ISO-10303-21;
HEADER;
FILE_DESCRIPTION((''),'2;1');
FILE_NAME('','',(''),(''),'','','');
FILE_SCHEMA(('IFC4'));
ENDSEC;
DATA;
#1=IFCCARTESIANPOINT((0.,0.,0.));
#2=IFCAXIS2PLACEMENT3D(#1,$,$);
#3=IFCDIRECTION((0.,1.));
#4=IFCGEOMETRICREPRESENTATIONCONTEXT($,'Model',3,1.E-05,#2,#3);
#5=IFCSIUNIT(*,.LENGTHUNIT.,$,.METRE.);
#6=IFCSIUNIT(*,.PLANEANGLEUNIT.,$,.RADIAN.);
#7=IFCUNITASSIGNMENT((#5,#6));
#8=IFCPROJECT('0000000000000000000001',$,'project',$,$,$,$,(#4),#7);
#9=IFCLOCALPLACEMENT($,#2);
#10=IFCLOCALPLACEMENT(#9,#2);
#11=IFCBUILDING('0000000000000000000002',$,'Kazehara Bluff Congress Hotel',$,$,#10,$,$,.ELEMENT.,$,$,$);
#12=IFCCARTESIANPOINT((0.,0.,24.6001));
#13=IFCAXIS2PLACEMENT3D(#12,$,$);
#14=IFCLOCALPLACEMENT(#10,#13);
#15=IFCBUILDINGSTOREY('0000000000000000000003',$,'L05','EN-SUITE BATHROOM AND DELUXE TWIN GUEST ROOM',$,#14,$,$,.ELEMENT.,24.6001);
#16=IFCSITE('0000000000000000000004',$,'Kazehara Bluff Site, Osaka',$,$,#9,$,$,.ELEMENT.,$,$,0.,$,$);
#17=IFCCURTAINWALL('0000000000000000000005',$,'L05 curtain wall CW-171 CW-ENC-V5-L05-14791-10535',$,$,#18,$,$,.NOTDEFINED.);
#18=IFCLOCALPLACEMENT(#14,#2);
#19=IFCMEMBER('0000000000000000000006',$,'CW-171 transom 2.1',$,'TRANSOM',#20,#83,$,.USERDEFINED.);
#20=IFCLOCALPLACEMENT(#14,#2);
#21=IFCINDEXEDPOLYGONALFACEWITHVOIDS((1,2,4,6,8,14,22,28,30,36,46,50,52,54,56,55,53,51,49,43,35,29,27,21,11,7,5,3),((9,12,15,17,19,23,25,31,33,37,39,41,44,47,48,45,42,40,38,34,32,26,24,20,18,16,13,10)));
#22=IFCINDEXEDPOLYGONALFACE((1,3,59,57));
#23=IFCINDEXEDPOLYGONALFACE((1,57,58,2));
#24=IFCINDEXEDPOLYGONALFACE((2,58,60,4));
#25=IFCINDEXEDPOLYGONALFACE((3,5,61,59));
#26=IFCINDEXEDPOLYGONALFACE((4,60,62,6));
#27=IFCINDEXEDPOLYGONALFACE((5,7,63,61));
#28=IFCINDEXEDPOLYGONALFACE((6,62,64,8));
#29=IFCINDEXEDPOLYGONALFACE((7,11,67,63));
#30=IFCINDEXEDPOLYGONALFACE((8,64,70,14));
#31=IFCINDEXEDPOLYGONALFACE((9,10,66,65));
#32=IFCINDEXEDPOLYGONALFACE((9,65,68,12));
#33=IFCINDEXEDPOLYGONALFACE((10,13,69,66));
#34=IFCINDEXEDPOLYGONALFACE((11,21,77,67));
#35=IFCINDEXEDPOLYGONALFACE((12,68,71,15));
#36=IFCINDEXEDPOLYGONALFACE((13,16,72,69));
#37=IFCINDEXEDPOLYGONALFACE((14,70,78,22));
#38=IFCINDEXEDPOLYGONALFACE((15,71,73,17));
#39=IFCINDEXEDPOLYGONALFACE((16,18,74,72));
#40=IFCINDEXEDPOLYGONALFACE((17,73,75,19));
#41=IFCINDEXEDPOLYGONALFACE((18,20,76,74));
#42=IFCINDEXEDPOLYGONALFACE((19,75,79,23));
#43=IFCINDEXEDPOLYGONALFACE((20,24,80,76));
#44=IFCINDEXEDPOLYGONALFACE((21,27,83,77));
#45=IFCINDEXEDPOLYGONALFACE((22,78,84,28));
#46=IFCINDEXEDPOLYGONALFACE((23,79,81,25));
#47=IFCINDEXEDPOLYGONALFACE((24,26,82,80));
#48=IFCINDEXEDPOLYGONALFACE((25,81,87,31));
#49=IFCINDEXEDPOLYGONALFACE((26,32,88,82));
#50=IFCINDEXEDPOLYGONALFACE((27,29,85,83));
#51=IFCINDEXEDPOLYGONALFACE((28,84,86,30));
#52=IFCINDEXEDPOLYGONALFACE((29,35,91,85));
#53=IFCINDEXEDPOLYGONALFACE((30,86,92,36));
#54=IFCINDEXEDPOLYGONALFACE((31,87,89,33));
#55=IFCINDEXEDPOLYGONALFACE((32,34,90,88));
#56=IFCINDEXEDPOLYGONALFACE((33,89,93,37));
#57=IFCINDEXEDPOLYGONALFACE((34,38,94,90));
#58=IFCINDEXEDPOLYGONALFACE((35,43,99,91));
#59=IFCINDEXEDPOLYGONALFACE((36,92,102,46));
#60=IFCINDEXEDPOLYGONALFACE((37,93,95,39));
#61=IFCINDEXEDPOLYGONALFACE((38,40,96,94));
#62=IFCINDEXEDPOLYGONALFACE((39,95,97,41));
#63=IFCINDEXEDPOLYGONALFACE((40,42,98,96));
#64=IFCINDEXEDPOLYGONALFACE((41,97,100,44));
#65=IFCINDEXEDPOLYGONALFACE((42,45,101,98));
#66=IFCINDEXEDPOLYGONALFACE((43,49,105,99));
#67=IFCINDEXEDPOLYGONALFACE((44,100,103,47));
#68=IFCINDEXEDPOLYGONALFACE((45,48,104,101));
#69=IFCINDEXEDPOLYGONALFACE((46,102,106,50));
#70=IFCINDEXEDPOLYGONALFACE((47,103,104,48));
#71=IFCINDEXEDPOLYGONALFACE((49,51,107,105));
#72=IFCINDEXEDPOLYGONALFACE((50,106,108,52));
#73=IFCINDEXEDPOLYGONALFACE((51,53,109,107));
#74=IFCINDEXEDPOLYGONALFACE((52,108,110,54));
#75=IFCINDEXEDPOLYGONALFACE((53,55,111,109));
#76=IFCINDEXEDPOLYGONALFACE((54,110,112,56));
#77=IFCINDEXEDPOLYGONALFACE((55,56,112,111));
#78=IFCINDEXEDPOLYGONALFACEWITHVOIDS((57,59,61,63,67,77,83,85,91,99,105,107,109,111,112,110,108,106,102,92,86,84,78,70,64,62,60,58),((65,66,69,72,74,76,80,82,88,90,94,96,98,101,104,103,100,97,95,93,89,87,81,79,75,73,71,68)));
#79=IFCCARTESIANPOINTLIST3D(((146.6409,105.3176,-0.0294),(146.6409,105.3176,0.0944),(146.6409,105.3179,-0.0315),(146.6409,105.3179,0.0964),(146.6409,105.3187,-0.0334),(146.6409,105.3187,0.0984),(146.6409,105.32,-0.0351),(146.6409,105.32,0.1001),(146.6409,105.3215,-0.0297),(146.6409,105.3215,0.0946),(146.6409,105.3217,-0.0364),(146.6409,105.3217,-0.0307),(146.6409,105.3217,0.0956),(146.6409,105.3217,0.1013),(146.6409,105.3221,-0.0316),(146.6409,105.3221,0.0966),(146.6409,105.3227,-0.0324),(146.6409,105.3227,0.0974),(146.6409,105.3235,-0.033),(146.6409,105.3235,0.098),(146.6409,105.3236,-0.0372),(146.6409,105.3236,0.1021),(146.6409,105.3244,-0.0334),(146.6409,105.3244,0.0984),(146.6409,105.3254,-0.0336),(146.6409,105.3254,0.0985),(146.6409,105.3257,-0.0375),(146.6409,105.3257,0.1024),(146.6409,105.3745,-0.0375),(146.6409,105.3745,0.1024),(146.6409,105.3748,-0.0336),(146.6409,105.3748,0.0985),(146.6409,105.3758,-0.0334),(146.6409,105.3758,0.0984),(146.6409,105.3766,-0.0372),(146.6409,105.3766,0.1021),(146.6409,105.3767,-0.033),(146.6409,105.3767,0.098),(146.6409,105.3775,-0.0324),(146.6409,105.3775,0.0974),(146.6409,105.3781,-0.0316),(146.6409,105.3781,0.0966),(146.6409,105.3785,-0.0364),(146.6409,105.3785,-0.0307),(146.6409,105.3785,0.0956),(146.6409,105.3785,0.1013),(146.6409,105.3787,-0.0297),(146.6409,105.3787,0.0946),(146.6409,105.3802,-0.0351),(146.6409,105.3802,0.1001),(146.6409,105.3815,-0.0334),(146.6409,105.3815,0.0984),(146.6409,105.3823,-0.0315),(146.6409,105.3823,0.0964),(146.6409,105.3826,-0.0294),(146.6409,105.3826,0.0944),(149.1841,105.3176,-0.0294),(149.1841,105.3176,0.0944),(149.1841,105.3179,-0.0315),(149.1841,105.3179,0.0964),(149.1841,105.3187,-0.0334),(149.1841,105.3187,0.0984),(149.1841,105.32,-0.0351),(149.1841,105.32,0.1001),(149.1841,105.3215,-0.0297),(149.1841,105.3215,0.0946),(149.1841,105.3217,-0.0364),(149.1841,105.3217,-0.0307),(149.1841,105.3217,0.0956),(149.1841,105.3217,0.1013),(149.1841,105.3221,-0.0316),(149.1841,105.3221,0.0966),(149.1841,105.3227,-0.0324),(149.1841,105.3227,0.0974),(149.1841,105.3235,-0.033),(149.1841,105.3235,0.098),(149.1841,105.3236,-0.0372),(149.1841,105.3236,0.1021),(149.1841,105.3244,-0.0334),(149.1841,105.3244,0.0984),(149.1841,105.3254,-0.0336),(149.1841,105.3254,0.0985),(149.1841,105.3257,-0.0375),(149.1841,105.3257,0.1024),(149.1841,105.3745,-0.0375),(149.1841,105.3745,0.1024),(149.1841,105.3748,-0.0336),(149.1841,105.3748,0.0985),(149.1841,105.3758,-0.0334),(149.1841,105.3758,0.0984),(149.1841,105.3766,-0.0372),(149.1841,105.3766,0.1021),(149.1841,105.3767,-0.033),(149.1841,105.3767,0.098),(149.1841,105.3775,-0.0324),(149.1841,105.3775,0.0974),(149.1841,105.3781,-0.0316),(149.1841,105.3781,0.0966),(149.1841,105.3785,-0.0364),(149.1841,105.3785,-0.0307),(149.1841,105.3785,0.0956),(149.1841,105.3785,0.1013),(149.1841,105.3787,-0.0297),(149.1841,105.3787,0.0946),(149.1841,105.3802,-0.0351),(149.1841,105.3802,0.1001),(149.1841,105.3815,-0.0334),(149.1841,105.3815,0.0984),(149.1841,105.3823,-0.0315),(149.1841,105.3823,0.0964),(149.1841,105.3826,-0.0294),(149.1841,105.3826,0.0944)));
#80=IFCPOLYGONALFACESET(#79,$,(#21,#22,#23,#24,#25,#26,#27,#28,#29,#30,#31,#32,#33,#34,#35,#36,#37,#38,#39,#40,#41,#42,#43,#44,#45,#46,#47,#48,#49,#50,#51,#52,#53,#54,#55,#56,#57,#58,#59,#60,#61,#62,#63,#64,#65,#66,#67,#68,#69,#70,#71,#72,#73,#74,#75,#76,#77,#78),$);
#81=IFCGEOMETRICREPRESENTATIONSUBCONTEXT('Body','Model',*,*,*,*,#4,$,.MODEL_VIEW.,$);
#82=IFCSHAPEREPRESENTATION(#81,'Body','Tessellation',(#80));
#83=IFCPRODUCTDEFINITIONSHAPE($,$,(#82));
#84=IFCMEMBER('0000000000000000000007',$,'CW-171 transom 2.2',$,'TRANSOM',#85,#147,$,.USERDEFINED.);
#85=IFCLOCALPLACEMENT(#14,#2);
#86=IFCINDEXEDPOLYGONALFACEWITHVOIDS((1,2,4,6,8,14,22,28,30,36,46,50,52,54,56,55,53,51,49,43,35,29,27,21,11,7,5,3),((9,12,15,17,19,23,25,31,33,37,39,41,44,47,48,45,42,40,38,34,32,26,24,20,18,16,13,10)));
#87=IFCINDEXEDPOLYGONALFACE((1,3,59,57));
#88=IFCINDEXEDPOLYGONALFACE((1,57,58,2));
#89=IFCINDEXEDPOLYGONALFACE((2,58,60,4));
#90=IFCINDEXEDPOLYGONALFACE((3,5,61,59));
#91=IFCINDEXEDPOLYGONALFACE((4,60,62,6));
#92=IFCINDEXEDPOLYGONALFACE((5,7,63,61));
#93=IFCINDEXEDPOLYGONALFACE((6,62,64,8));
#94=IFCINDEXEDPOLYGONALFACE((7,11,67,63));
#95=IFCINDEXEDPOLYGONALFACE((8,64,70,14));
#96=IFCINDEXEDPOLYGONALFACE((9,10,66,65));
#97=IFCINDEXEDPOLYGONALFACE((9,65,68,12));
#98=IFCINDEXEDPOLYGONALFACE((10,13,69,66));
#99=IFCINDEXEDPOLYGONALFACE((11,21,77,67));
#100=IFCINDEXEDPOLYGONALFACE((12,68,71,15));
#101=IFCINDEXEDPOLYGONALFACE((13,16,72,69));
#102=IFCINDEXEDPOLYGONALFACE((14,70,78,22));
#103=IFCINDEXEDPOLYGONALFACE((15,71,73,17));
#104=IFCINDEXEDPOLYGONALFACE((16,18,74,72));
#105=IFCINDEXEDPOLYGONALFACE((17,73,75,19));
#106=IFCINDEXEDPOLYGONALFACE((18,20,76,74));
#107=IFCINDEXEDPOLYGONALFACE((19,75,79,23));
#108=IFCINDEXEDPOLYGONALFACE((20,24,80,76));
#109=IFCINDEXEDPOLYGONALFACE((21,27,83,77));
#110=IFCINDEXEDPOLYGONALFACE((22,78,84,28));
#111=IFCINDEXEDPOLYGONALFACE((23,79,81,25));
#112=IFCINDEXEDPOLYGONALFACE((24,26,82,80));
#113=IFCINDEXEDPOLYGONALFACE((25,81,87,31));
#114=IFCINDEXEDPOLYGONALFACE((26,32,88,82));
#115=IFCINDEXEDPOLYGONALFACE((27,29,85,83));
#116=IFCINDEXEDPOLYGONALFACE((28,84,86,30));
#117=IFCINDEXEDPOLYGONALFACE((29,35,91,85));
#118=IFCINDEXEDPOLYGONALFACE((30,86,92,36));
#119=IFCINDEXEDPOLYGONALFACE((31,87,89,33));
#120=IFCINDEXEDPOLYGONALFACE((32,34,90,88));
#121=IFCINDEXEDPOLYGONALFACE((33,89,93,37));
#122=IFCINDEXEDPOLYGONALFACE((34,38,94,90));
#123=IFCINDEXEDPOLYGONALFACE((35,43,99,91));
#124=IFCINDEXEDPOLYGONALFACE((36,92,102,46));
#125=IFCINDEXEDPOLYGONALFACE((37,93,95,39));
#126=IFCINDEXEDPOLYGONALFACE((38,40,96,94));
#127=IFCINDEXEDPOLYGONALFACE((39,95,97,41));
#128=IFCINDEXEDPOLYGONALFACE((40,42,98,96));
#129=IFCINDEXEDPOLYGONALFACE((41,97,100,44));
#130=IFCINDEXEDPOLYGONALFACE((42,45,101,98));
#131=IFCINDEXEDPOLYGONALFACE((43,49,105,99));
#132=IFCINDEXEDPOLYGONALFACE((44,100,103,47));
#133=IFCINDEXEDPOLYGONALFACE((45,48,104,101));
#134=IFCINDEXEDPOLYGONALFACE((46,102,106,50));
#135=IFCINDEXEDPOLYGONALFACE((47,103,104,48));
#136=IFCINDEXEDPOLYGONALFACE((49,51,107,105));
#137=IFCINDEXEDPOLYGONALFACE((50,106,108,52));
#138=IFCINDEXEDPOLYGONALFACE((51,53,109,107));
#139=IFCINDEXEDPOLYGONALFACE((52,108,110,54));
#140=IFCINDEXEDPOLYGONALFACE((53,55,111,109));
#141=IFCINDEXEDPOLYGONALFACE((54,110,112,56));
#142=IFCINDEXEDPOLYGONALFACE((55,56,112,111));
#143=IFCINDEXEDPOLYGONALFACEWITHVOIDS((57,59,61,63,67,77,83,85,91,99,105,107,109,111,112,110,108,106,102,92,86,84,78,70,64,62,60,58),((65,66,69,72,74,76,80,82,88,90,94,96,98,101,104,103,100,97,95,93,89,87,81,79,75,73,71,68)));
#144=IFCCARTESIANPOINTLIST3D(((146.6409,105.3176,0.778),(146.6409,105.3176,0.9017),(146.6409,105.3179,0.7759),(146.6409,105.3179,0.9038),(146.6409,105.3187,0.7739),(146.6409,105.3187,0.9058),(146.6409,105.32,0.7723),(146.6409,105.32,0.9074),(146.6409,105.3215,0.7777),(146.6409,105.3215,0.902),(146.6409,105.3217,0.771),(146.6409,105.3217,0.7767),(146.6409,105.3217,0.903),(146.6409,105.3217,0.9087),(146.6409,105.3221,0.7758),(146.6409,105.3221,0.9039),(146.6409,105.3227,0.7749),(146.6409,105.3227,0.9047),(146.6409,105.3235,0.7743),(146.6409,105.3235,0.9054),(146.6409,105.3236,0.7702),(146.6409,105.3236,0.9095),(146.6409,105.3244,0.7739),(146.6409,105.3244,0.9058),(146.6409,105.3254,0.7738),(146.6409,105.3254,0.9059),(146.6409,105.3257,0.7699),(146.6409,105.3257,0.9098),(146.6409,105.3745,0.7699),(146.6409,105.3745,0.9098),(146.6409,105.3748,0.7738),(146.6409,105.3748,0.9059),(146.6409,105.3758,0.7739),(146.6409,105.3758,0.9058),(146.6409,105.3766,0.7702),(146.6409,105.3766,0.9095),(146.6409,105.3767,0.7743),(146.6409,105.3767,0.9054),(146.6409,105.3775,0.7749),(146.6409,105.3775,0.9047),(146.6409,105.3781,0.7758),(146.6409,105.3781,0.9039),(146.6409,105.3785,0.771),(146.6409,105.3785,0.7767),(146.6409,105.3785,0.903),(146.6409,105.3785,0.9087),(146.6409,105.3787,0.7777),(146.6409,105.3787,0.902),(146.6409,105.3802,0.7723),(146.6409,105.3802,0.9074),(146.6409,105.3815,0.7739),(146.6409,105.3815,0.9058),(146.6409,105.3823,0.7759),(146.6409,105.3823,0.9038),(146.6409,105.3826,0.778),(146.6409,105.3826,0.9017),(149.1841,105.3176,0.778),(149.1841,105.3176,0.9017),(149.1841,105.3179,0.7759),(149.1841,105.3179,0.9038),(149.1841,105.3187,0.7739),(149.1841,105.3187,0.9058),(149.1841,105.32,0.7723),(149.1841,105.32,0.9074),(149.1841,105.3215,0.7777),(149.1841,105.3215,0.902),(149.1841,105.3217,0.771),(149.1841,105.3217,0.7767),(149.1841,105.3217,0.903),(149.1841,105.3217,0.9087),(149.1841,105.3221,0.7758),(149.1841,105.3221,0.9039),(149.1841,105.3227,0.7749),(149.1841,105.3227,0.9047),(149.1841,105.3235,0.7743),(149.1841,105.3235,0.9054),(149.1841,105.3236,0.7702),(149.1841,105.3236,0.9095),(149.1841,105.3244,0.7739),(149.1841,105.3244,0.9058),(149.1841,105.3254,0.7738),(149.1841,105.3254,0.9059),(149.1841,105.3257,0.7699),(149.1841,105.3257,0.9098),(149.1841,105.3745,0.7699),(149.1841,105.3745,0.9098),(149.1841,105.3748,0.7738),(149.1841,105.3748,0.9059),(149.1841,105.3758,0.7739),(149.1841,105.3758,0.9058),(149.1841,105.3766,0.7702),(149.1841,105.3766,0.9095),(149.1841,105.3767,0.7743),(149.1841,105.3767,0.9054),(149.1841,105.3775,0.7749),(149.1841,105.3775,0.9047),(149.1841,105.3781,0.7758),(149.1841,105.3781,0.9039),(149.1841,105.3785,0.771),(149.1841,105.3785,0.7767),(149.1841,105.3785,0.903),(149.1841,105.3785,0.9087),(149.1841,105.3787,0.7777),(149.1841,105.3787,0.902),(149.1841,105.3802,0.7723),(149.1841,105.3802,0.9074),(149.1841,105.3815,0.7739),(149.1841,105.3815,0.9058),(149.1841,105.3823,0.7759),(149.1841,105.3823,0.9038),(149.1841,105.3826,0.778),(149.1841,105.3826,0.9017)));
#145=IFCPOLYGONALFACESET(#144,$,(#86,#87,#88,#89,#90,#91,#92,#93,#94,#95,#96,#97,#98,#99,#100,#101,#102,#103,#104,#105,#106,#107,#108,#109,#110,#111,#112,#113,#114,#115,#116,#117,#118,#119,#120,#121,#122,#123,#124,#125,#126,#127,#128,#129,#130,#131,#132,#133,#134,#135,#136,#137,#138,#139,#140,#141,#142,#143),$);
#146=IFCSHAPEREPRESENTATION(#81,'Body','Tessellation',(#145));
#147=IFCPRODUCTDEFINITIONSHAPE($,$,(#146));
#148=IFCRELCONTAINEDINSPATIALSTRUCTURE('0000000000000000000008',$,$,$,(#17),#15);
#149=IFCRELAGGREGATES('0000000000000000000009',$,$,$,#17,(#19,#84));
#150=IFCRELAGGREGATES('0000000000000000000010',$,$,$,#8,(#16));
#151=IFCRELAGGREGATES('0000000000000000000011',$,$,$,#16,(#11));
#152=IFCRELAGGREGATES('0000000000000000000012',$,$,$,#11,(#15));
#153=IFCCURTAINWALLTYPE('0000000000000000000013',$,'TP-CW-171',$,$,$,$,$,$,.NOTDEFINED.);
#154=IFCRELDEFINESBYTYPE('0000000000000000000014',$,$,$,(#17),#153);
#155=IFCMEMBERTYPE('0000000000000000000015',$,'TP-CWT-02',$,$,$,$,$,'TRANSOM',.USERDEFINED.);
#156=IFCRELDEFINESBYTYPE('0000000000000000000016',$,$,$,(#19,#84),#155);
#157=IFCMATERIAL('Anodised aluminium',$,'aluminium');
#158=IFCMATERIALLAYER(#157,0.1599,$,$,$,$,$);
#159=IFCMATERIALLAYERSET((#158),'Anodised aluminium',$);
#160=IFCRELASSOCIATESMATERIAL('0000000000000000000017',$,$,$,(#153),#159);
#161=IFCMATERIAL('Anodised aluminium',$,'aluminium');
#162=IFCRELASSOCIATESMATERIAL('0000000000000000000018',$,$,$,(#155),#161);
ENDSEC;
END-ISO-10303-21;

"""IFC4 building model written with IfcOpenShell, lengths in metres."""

from ifc_helpers import new_model, si_unit, direction, frame, origin, origin_2d, place, context, subcontext, project, spatial, hollow_rectangle, extrude, material, layer, layer_set, material_profile, profile_set, type_object, element, aggregate, save


model = new_model("IFC4")

# Units and contexts
model_context = context("Model", 3, precision=1e-05, world=origin(), true_north=direction((0.0, 1.0)))
body_context = subcontext(model_context, "Body", "Model", "MODEL_VIEW")
ifc_project = project(units=[si_unit("LENGTHUNIT", "METRE"), si_unit("PLANEANGLEUNIT", "RADIAN")], contexts=[model_context])

# Site, building, storey
site_placement = place(None, origin())
site = spatial("IfcSite", under=ifc_project, at=site_placement, Name="Kazehara Bluff Site, Osaka", CompositionType="ELEMENT", RefElevation=0.0)
building_placement = place(site_placement, origin())
building = spatial("IfcBuilding", under=site, at=building_placement, Name="Kazehara Bluff Congress Hotel", CompositionType="ELEMENT")
storey_placement = place(building_placement, frame((0.0, 0.0, 24.6001)))
storey = spatial("IfcBuildingStorey", under=building, at=storey_placement, Name="L05", Description="EN-SUITE BATHROOM AND DELUXE TWIN GUEST ROOM", CompositionType="ELEMENT", Elevation=24.6001)

# Curtain wall
ifc_material_1 = material(Name="Anodised aluminium", Category="aluminium")
ifc_layer_1 = layer(ifc_material_1, 0.1599)
ifc_layer_set_1 = layer_set([ifc_layer_1], Name="Anodised aluminium")
curtain_wall_type_1 = type_object("IfcCurtainWallType", Name="TP-CW-171", PredefinedType="NOTDEFINED", material=ifc_layer_set_1)
curtain_wall_1_placement = place(storey_placement, origin())
curtain_wall_1 = element("IfcCurtainWall", 1, at=curtain_wall_1_placement, inside=storey, type_object=curtain_wall_type_1, Name="L05 curtain wall CW-171 CW-ENC-V5-L05-14791-10535", PredefinedType="NOTDEFINED")

# Members
ifc_material_2 = material(Name="Anodised aluminium", Category="aluminium")
ifc_material_profile_1 = material_profile(ifc_material_2, hollow_rectangle(XDim=0.0649, YDim=0.1399, WallThickness=0.0039, InnerFilletRadius=0.0039, OuterFilletRadius=0.0081, at=origin_2d()))
ifc_profile_set_1 = profile_set([ifc_material_profile_1], Name="Anodised aluminium")
member_type_1 = type_object("IfcMemberType", Name="TP-CWT-02", ElementType="TRANSOM", PredefinedType="USERDEFINED", material=ifc_profile_set_1)
member_1_placement = place(storey_placement, frame((146.6409, 105.3501, 0.0325), z_axis=(1.0, 0.0, 0.0), x_axis=(0.0, 1.0, 0.0)))
member_1 = element("IfcMember", 2, at=member_1_placement, type_object=member_type_1, Name="CW-171 transom 2.1", ObjectType="TRANSOM", PredefinedType="USERDEFINED", context=body_context, shape_type="SweptSolid", body=[
    extrude(hollow_rectangle(XDim=0.0649, YDim=0.1399, WallThickness=0.0039, InnerFilletRadius=0.0039, OuterFilletRadius=0.0081, at=origin_2d()), origin(), (0.0, 0.0, 1.0), 2.5432),
])
member_2_placement = place(storey_placement, frame((146.6409, 105.3501, 0.8398), z_axis=(1.0, 0.0, 0.0), x_axis=(0.0, 1.0, 0.0)))
member_2 = element("IfcMember", 3, at=member_2_placement, type_object=member_type_1, Name="CW-171 transom 2.2", ObjectType="TRANSOM", PredefinedType="USERDEFINED", context=body_context, shape_type="SweptSolid", body=[
    extrude(hollow_rectangle(XDim=0.0649, YDim=0.1399, WallThickness=0.0039, InnerFilletRadius=0.0039, OuterFilletRadius=0.0081, at=origin_2d()), origin(), (0.0, 0.0, 1.0), 2.5432),
])

aggregate(curtain_wall_1, [member_1, member_2])

save(model, "model.ifc")
